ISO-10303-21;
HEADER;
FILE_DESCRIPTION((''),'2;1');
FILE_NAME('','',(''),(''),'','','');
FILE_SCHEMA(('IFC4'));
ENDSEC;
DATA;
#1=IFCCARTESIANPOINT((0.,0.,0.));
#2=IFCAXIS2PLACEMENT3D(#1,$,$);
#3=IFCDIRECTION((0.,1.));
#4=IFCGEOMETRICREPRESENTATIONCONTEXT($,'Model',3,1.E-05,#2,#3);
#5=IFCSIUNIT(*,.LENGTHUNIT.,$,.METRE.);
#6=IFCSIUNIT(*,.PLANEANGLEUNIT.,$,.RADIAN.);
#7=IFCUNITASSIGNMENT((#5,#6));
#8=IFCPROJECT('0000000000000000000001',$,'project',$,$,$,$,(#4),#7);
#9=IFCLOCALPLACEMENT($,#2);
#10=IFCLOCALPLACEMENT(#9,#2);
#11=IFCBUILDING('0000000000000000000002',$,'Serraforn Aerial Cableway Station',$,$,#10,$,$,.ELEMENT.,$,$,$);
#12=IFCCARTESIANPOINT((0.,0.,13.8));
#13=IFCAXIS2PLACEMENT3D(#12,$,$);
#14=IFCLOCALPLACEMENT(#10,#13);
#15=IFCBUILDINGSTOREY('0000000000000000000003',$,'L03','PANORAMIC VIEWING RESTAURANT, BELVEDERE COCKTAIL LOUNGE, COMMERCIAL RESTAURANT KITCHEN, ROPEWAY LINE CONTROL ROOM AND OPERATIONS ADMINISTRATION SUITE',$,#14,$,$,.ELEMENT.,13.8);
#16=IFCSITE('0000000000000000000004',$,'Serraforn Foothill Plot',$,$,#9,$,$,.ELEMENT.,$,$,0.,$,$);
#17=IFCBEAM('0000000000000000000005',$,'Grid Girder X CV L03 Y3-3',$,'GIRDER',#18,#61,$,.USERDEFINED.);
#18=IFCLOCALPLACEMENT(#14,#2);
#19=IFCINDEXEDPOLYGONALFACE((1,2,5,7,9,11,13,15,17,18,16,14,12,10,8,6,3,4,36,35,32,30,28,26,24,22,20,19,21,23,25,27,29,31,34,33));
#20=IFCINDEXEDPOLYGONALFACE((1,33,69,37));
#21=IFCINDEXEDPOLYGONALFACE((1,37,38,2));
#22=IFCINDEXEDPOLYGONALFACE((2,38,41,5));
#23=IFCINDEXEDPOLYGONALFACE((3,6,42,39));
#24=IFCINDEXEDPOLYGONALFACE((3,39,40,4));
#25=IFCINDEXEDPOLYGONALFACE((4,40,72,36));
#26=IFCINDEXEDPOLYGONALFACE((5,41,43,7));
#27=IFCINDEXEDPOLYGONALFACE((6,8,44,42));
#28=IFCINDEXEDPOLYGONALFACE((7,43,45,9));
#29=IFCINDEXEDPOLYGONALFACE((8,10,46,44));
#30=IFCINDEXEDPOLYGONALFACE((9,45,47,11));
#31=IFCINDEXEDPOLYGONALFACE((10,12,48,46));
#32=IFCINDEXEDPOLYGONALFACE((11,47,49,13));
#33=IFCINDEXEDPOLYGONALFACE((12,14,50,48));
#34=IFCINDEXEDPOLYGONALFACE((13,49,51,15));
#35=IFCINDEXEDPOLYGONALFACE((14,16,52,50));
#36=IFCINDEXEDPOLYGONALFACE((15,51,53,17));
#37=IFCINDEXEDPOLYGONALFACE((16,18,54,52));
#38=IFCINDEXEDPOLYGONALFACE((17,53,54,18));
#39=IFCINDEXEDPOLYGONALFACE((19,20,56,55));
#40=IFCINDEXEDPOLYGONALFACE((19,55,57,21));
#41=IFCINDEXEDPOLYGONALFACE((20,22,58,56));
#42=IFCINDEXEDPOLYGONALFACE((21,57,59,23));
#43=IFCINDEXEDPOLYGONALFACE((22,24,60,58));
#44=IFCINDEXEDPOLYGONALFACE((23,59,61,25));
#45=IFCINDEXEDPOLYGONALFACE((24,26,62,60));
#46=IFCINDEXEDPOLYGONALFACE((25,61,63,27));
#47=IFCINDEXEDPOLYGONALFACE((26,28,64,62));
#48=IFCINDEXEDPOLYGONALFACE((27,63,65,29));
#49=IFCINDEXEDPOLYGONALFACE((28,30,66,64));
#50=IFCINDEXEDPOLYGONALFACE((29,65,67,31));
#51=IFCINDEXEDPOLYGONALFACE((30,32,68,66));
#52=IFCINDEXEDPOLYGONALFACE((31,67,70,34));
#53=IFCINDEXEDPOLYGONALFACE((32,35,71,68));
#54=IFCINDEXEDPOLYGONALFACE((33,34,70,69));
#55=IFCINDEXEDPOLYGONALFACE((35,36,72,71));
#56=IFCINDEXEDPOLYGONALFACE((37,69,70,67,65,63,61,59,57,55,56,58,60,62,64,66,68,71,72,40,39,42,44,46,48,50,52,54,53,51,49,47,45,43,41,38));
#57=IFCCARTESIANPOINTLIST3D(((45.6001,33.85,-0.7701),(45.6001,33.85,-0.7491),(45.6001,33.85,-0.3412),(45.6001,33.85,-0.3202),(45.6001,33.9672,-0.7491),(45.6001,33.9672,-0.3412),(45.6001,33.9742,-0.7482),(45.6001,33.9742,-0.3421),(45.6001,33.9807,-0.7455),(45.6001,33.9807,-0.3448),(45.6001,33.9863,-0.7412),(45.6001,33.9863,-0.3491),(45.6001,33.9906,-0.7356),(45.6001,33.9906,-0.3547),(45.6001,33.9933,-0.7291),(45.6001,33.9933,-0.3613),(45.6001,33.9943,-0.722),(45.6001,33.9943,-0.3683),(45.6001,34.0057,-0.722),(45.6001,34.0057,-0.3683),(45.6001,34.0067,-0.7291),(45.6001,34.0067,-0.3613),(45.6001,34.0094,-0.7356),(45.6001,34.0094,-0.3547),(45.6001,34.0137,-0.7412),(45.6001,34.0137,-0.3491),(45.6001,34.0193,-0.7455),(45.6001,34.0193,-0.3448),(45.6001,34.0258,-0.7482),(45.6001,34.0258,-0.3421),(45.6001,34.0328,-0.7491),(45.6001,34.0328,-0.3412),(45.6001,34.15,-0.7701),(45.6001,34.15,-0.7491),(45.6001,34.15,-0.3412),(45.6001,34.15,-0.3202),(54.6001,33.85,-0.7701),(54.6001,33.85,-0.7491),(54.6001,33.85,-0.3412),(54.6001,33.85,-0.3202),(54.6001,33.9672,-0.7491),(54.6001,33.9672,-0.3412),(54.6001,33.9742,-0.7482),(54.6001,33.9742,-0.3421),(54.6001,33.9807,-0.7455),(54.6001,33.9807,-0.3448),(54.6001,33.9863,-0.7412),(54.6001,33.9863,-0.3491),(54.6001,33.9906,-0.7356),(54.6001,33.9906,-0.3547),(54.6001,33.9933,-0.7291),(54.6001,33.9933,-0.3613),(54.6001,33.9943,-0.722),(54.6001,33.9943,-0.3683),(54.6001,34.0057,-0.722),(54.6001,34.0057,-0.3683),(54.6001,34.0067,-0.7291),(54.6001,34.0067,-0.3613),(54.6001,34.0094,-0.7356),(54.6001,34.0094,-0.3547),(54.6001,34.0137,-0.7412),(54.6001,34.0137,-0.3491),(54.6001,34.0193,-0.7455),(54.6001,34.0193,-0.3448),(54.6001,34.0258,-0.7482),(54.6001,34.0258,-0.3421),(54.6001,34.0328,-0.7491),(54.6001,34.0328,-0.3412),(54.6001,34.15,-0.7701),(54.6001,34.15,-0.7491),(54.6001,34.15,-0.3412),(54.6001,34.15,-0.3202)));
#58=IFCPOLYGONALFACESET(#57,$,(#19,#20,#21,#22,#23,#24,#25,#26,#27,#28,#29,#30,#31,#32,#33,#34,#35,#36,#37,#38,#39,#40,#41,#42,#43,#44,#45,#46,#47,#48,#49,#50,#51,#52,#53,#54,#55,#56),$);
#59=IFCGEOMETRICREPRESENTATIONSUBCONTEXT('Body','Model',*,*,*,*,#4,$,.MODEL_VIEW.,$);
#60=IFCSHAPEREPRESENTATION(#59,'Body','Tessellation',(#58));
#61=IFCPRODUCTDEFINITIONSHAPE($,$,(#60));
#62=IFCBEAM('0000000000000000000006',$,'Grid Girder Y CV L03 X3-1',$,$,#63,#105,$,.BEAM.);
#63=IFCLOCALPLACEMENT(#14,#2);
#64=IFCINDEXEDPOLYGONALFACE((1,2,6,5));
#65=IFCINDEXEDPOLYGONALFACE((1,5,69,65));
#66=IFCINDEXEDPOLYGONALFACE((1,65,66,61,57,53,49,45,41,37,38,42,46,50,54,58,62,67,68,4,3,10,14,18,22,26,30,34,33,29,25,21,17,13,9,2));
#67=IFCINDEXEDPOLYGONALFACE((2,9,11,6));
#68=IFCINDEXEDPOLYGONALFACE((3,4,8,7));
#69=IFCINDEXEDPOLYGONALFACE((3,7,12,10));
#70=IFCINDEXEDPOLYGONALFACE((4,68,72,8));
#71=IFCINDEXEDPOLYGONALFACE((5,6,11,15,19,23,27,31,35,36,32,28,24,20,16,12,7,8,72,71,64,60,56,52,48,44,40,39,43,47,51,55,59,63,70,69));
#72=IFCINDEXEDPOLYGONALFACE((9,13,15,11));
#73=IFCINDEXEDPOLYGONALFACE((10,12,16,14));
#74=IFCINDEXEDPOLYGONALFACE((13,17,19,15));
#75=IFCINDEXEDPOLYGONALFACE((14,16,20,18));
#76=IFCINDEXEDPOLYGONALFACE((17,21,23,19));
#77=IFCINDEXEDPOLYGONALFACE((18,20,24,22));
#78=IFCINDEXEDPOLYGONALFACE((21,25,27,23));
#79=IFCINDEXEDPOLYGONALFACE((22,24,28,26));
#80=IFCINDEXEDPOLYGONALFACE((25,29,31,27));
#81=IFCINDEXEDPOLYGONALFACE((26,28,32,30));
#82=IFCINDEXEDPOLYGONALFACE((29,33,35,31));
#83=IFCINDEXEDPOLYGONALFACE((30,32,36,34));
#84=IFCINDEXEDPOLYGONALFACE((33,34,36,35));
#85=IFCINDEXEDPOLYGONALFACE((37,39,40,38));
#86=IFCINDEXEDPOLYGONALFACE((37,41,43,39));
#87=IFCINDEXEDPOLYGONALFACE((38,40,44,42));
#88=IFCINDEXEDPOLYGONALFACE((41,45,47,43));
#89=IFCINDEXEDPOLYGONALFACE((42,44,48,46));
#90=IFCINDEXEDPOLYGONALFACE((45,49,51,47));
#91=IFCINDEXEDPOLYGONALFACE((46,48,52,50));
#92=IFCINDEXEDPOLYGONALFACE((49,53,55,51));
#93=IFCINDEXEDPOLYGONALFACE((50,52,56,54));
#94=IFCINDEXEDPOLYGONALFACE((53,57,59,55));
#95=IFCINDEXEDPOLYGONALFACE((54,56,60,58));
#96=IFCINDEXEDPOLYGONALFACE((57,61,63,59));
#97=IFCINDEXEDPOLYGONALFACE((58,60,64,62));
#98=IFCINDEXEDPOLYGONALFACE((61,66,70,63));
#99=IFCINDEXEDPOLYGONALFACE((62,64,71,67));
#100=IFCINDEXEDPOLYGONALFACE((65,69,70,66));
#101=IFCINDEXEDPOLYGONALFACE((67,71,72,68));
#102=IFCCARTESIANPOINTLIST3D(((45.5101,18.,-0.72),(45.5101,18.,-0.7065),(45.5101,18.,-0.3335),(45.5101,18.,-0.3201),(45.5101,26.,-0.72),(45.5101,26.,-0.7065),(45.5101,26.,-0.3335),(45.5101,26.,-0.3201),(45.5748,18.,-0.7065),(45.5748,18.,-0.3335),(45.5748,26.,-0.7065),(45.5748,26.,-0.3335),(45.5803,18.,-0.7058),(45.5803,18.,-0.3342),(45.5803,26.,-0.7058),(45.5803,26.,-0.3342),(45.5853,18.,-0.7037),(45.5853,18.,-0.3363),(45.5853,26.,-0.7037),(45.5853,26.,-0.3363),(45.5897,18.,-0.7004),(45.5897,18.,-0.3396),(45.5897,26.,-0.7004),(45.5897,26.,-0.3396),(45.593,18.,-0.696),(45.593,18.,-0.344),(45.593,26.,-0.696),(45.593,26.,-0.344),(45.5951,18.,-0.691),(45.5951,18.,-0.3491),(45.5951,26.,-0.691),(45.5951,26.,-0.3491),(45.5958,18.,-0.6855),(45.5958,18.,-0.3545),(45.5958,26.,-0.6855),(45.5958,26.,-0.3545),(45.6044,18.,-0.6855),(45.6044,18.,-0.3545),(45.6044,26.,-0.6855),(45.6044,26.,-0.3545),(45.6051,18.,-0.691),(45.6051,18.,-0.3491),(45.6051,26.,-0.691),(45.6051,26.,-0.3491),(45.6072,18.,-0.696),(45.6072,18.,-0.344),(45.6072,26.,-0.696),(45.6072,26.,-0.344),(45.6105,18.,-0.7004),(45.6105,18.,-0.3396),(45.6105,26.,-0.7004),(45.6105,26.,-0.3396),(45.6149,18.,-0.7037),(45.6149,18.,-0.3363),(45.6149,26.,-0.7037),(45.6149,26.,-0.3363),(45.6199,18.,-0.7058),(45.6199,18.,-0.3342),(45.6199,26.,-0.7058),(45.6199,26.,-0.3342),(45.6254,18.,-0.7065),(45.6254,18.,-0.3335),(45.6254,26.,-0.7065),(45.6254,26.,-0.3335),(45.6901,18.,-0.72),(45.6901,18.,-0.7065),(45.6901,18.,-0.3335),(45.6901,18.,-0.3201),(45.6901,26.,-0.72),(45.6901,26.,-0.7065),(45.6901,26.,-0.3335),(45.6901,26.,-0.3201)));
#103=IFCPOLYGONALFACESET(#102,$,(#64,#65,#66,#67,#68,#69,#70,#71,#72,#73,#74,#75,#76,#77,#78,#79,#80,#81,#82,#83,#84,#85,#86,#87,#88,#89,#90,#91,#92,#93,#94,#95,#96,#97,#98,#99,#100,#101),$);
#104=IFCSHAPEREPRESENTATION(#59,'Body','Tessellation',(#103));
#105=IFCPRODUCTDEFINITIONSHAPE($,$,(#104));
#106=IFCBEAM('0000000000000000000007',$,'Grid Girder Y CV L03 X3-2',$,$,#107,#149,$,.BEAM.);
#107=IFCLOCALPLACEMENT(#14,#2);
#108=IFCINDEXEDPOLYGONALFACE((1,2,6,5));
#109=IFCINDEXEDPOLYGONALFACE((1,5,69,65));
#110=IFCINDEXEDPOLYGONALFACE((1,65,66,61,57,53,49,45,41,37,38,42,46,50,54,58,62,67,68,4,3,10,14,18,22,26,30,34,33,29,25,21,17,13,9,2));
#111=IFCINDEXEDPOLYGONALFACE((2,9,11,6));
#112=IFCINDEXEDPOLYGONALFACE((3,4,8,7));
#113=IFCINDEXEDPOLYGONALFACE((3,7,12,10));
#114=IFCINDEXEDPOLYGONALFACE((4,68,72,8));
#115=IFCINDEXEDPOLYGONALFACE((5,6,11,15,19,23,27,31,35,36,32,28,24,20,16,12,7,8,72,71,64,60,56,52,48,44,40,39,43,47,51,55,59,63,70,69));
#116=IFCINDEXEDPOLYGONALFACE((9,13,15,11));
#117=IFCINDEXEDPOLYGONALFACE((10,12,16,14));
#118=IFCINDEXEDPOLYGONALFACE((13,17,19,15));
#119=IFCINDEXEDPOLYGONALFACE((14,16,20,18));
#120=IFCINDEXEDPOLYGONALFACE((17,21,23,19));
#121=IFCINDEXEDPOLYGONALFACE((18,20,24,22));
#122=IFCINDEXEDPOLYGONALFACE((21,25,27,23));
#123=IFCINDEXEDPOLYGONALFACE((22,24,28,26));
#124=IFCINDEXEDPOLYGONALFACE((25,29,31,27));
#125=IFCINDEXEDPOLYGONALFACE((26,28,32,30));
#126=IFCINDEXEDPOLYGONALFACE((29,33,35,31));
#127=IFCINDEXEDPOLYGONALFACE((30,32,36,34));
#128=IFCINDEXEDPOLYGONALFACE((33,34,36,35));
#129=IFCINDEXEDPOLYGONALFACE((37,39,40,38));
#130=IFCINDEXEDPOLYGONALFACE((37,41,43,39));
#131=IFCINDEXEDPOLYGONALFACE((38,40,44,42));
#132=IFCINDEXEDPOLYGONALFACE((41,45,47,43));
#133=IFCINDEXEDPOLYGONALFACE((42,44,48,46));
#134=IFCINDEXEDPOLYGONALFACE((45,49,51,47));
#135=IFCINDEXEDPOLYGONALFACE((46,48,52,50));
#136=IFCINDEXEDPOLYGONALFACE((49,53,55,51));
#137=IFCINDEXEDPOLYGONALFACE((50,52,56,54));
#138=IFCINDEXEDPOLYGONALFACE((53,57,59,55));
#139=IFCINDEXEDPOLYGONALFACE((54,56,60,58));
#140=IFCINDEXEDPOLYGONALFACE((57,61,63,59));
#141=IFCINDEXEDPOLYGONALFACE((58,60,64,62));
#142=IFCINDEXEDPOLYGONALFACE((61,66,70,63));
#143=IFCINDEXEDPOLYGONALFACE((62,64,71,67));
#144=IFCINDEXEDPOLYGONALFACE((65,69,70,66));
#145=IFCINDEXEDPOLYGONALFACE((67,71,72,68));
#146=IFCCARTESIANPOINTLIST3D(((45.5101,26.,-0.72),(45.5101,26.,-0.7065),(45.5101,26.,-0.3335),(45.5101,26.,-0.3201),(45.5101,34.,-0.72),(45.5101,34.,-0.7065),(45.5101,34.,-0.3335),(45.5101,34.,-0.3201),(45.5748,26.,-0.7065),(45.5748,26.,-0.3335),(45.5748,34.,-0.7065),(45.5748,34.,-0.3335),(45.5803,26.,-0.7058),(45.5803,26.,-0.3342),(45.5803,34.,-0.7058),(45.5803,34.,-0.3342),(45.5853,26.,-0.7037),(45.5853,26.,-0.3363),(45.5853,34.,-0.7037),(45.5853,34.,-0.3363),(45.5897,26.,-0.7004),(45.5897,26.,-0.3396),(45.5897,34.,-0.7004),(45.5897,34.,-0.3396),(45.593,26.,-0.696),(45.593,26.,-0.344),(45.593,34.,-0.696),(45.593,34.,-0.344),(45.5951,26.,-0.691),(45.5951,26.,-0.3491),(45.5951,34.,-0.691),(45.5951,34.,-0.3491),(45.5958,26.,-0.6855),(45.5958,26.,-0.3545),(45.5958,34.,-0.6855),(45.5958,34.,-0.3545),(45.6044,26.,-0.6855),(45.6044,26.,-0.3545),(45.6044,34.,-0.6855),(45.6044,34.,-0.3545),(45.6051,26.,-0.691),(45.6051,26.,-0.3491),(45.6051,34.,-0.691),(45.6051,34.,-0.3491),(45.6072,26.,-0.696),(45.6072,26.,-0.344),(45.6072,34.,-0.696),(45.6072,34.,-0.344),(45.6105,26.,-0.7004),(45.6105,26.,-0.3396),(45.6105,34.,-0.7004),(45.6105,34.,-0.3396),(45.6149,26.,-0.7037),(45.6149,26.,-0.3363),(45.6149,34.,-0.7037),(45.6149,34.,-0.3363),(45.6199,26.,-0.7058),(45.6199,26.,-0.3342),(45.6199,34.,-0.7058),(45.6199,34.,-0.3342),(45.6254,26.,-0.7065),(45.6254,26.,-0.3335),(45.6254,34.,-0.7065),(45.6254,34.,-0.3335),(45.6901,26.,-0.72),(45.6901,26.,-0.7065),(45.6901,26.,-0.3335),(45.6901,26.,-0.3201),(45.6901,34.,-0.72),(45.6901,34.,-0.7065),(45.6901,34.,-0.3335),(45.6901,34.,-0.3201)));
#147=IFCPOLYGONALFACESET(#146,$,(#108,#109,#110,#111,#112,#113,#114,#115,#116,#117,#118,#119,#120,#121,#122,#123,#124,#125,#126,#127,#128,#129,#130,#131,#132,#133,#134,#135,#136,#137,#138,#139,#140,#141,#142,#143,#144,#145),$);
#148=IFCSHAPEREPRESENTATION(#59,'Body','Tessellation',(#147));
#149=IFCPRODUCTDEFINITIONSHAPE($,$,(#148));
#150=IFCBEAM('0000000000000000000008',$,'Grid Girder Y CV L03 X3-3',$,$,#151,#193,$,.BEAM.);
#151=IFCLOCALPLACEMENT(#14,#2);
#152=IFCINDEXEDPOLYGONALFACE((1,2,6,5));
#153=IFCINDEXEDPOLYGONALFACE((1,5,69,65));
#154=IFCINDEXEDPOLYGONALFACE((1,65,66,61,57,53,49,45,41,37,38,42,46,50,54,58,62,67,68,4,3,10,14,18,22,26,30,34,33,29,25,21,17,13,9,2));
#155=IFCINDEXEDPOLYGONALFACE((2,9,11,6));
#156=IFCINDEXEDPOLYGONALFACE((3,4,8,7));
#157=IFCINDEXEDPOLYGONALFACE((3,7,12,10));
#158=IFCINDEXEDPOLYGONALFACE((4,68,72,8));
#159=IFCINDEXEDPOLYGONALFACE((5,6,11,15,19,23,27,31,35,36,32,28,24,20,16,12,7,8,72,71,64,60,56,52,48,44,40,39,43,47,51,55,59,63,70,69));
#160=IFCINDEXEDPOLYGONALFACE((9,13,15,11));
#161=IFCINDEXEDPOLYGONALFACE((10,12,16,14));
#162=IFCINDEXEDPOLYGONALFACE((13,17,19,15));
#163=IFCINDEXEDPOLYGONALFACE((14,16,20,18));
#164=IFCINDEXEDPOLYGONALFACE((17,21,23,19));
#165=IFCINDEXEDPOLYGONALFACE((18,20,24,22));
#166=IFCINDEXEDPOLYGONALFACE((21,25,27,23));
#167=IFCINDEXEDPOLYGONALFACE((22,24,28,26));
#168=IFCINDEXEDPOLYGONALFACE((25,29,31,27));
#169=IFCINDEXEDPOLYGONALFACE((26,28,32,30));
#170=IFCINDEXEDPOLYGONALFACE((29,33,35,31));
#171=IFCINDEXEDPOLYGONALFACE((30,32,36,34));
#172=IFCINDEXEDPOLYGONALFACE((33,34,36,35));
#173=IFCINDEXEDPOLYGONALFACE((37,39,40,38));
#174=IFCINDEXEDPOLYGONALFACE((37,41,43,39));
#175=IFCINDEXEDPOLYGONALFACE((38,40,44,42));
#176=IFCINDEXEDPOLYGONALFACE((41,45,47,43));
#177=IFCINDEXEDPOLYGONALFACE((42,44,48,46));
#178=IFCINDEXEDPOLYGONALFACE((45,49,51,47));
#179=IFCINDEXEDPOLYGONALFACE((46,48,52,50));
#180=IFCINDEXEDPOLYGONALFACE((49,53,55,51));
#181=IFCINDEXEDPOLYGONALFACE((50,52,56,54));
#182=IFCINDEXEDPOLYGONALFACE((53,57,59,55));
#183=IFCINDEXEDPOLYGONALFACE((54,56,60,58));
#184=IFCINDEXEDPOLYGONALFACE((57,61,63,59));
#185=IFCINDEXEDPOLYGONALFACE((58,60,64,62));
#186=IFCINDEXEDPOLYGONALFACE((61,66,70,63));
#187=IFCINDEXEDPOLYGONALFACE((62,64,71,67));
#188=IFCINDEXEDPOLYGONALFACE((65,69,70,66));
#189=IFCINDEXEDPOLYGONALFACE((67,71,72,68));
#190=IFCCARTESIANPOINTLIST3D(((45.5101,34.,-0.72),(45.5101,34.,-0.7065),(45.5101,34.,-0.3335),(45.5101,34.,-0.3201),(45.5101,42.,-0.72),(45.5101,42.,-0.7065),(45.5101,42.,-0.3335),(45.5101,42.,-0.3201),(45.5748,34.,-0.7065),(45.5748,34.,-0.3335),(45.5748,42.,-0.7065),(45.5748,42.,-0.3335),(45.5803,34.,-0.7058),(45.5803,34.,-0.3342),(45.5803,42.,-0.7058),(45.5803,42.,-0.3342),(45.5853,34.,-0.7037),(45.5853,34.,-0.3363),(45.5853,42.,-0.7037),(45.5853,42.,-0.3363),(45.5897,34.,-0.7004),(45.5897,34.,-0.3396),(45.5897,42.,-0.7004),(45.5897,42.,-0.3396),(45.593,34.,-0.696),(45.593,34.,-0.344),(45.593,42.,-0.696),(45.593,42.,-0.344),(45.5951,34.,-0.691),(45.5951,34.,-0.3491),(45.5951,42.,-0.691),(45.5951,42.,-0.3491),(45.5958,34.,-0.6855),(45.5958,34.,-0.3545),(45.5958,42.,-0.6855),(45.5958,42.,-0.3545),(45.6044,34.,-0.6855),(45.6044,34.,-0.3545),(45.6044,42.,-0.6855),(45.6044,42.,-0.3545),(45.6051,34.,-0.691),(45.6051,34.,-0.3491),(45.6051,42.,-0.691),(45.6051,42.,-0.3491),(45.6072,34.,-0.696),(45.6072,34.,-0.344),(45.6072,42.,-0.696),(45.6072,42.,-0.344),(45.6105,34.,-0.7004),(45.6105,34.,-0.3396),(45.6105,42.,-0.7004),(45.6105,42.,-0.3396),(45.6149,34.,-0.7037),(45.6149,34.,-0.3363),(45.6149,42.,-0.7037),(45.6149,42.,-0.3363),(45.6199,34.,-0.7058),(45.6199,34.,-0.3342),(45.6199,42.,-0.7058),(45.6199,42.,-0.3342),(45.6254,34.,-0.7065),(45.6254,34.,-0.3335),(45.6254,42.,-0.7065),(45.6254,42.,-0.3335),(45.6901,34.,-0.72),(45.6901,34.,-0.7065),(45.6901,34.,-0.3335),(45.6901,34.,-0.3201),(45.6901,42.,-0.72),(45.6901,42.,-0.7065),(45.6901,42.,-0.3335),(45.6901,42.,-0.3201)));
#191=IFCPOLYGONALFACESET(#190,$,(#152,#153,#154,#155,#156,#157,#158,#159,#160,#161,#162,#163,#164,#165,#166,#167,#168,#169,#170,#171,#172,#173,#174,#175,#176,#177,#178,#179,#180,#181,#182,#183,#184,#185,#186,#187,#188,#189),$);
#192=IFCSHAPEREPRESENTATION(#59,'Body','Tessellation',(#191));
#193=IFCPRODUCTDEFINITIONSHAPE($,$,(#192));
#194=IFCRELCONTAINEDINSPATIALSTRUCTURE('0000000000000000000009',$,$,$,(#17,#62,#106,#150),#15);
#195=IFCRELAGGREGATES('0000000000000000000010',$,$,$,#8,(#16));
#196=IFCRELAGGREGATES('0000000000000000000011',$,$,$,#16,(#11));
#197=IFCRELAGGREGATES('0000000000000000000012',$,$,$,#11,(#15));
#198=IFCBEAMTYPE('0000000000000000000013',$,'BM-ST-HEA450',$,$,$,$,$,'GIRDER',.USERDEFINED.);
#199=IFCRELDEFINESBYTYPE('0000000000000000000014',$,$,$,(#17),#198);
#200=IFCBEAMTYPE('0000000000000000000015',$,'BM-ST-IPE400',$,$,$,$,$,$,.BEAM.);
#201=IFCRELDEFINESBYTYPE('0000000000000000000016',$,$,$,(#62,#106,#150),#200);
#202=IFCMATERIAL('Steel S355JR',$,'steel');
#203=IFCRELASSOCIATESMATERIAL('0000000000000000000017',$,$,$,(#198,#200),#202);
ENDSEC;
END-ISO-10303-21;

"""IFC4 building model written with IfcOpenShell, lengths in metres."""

from ifc_helpers import new_model, si_unit, direction, frame, origin, origin_2d, place, context, subcontext, project, spatial, i_section, extrude, material, material_profile, profile_set, type_object, element, save


model = new_model("IFC4")

# Units and contexts
model_context = context("Model", 3, precision=1e-05, world=origin(), true_north=direction((0.0, 1.0)))
body_context = subcontext(model_context, "Body", "Model", "MODEL_VIEW")
ifc_project = project(units=[si_unit("LENGTHUNIT", "METRE"), si_unit("PLANEANGLEUNIT", "RADIAN")], contexts=[model_context])

# Site, building, storey
site_placement = place(None, origin())
site = spatial("IfcSite", under=ifc_project, at=site_placement, Name="Serraforn Foothill Plot", CompositionType="ELEMENT", RefElevation=0.0)
building_placement = place(site_placement, origin())
building = spatial("IfcBuilding", under=site, at=building_placement, Name="Serraforn Aerial Cableway Station", CompositionType="ELEMENT")
storey_placement = place(building_placement, frame((0.0, 0.0, 13.8)))
storey = spatial("IfcBuildingStorey", under=building, at=storey_placement, Name="L03", Description="PANORAMIC VIEWING RESTAURANT, BELVEDERE COCKTAIL LOUNGE, COMMERCIAL RESTAURANT KITCHEN, ROPEWAY LINE CONTROL ROOM AND OPERATIONS ADMINISTRATION SUITE", CompositionType="ELEMENT", Elevation=13.8)

# Beams
ifc_material_1 = material(Name="Steel S355JR", Category="steel")
ifc_material_profile_1 = material_profile(ifc_material_1, i_section(OverallWidth=0.3, OverallDepth=0.45, WebThickness=0.0115, FlangeThickness=0.021, FilletRadius=0.0271, at=origin_2d()), Name="HEA 450")
ifc_profile_set_1 = profile_set([ifc_material_profile_1], Name="Steel S355JR")
beam_type_1 = type_object("IfcBeamType", Name="BM-ST-HEA450", ElementType="GIRDER", PredefinedType="USERDEFINED", material=ifc_profile_set_1)
beam_placement = place(storey_placement, frame((45.6001, 34.0, -0.5452), z_axis=(1.0, 0.0, 0.0), x_axis=(0.0, 1.0, 0.0)))
element("IfcBeam", 1, at=beam_placement, inside=storey, type_object=beam_type_1, Name="Grid Girder X CV L03 Y3-3", ObjectType="GIRDER", PredefinedType="USERDEFINED", context=body_context, shape_type="SweptSolid", body=[
    extrude(i_section(OverallWidth=0.3, OverallDepth=0.45, WebThickness=0.0115, FlangeThickness=0.021, FilletRadius=0.0271, at=origin_2d()), origin(), (0.0, 0.0, 1.0), 9.0),
])
ifc_material_profile_2 = material_profile(ifc_material_1, i_section(OverallWidth=0.1799, OverallDepth=0.3999, WebThickness=0.0085, FlangeThickness=0.0134, FilletRadius=0.021, at=origin_2d()), Name="IPE 400")
ifc_profile_set_2 = profile_set([ifc_material_profile_2], Name="Steel S355JR")
beam_type_2 = type_object("IfcBeamType", Name="BM-ST-IPE400", PredefinedType="BEAM", material=ifc_profile_set_2)
for number, where, z_axis, x_axis, name in (
    (2, (45.6001, 18.0, -0.52), (0.0, 1.0, 0.0), (-1.0, 0.0, 0.0), "Grid Girder Y CV L03 X3-1"),
    (3, (45.6001, 26.0, -0.52), (0.0, 1.0, 0.0), (-1.0, 0.0, 0.0), "Grid Girder Y CV L03 X3-2"),
    (4, (45.6001, 34.0, -0.52), (0.0, 1.0, 0.0), (-1.0, 0.0, 0.0), "Grid Girder Y CV L03 X3-3"),
):
    element("IfcBeam", number, at=place(storey_placement, frame(where, z_axis=z_axis, x_axis=x_axis)), inside=storey, type_object=beam_type_2, Name=name, PredefinedType="BEAM", context=body_context, shape_type="SweptSolid", body=[
        extrude(i_section(OverallWidth=0.1799, OverallDepth=0.3999, WebThickness=0.0085, FlangeThickness=0.0134, FilletRadius=0.021, at=origin_2d()), origin(), (0.0, 0.0, 1.0), 8.0),
    ])

save(model, "model.ifc")
